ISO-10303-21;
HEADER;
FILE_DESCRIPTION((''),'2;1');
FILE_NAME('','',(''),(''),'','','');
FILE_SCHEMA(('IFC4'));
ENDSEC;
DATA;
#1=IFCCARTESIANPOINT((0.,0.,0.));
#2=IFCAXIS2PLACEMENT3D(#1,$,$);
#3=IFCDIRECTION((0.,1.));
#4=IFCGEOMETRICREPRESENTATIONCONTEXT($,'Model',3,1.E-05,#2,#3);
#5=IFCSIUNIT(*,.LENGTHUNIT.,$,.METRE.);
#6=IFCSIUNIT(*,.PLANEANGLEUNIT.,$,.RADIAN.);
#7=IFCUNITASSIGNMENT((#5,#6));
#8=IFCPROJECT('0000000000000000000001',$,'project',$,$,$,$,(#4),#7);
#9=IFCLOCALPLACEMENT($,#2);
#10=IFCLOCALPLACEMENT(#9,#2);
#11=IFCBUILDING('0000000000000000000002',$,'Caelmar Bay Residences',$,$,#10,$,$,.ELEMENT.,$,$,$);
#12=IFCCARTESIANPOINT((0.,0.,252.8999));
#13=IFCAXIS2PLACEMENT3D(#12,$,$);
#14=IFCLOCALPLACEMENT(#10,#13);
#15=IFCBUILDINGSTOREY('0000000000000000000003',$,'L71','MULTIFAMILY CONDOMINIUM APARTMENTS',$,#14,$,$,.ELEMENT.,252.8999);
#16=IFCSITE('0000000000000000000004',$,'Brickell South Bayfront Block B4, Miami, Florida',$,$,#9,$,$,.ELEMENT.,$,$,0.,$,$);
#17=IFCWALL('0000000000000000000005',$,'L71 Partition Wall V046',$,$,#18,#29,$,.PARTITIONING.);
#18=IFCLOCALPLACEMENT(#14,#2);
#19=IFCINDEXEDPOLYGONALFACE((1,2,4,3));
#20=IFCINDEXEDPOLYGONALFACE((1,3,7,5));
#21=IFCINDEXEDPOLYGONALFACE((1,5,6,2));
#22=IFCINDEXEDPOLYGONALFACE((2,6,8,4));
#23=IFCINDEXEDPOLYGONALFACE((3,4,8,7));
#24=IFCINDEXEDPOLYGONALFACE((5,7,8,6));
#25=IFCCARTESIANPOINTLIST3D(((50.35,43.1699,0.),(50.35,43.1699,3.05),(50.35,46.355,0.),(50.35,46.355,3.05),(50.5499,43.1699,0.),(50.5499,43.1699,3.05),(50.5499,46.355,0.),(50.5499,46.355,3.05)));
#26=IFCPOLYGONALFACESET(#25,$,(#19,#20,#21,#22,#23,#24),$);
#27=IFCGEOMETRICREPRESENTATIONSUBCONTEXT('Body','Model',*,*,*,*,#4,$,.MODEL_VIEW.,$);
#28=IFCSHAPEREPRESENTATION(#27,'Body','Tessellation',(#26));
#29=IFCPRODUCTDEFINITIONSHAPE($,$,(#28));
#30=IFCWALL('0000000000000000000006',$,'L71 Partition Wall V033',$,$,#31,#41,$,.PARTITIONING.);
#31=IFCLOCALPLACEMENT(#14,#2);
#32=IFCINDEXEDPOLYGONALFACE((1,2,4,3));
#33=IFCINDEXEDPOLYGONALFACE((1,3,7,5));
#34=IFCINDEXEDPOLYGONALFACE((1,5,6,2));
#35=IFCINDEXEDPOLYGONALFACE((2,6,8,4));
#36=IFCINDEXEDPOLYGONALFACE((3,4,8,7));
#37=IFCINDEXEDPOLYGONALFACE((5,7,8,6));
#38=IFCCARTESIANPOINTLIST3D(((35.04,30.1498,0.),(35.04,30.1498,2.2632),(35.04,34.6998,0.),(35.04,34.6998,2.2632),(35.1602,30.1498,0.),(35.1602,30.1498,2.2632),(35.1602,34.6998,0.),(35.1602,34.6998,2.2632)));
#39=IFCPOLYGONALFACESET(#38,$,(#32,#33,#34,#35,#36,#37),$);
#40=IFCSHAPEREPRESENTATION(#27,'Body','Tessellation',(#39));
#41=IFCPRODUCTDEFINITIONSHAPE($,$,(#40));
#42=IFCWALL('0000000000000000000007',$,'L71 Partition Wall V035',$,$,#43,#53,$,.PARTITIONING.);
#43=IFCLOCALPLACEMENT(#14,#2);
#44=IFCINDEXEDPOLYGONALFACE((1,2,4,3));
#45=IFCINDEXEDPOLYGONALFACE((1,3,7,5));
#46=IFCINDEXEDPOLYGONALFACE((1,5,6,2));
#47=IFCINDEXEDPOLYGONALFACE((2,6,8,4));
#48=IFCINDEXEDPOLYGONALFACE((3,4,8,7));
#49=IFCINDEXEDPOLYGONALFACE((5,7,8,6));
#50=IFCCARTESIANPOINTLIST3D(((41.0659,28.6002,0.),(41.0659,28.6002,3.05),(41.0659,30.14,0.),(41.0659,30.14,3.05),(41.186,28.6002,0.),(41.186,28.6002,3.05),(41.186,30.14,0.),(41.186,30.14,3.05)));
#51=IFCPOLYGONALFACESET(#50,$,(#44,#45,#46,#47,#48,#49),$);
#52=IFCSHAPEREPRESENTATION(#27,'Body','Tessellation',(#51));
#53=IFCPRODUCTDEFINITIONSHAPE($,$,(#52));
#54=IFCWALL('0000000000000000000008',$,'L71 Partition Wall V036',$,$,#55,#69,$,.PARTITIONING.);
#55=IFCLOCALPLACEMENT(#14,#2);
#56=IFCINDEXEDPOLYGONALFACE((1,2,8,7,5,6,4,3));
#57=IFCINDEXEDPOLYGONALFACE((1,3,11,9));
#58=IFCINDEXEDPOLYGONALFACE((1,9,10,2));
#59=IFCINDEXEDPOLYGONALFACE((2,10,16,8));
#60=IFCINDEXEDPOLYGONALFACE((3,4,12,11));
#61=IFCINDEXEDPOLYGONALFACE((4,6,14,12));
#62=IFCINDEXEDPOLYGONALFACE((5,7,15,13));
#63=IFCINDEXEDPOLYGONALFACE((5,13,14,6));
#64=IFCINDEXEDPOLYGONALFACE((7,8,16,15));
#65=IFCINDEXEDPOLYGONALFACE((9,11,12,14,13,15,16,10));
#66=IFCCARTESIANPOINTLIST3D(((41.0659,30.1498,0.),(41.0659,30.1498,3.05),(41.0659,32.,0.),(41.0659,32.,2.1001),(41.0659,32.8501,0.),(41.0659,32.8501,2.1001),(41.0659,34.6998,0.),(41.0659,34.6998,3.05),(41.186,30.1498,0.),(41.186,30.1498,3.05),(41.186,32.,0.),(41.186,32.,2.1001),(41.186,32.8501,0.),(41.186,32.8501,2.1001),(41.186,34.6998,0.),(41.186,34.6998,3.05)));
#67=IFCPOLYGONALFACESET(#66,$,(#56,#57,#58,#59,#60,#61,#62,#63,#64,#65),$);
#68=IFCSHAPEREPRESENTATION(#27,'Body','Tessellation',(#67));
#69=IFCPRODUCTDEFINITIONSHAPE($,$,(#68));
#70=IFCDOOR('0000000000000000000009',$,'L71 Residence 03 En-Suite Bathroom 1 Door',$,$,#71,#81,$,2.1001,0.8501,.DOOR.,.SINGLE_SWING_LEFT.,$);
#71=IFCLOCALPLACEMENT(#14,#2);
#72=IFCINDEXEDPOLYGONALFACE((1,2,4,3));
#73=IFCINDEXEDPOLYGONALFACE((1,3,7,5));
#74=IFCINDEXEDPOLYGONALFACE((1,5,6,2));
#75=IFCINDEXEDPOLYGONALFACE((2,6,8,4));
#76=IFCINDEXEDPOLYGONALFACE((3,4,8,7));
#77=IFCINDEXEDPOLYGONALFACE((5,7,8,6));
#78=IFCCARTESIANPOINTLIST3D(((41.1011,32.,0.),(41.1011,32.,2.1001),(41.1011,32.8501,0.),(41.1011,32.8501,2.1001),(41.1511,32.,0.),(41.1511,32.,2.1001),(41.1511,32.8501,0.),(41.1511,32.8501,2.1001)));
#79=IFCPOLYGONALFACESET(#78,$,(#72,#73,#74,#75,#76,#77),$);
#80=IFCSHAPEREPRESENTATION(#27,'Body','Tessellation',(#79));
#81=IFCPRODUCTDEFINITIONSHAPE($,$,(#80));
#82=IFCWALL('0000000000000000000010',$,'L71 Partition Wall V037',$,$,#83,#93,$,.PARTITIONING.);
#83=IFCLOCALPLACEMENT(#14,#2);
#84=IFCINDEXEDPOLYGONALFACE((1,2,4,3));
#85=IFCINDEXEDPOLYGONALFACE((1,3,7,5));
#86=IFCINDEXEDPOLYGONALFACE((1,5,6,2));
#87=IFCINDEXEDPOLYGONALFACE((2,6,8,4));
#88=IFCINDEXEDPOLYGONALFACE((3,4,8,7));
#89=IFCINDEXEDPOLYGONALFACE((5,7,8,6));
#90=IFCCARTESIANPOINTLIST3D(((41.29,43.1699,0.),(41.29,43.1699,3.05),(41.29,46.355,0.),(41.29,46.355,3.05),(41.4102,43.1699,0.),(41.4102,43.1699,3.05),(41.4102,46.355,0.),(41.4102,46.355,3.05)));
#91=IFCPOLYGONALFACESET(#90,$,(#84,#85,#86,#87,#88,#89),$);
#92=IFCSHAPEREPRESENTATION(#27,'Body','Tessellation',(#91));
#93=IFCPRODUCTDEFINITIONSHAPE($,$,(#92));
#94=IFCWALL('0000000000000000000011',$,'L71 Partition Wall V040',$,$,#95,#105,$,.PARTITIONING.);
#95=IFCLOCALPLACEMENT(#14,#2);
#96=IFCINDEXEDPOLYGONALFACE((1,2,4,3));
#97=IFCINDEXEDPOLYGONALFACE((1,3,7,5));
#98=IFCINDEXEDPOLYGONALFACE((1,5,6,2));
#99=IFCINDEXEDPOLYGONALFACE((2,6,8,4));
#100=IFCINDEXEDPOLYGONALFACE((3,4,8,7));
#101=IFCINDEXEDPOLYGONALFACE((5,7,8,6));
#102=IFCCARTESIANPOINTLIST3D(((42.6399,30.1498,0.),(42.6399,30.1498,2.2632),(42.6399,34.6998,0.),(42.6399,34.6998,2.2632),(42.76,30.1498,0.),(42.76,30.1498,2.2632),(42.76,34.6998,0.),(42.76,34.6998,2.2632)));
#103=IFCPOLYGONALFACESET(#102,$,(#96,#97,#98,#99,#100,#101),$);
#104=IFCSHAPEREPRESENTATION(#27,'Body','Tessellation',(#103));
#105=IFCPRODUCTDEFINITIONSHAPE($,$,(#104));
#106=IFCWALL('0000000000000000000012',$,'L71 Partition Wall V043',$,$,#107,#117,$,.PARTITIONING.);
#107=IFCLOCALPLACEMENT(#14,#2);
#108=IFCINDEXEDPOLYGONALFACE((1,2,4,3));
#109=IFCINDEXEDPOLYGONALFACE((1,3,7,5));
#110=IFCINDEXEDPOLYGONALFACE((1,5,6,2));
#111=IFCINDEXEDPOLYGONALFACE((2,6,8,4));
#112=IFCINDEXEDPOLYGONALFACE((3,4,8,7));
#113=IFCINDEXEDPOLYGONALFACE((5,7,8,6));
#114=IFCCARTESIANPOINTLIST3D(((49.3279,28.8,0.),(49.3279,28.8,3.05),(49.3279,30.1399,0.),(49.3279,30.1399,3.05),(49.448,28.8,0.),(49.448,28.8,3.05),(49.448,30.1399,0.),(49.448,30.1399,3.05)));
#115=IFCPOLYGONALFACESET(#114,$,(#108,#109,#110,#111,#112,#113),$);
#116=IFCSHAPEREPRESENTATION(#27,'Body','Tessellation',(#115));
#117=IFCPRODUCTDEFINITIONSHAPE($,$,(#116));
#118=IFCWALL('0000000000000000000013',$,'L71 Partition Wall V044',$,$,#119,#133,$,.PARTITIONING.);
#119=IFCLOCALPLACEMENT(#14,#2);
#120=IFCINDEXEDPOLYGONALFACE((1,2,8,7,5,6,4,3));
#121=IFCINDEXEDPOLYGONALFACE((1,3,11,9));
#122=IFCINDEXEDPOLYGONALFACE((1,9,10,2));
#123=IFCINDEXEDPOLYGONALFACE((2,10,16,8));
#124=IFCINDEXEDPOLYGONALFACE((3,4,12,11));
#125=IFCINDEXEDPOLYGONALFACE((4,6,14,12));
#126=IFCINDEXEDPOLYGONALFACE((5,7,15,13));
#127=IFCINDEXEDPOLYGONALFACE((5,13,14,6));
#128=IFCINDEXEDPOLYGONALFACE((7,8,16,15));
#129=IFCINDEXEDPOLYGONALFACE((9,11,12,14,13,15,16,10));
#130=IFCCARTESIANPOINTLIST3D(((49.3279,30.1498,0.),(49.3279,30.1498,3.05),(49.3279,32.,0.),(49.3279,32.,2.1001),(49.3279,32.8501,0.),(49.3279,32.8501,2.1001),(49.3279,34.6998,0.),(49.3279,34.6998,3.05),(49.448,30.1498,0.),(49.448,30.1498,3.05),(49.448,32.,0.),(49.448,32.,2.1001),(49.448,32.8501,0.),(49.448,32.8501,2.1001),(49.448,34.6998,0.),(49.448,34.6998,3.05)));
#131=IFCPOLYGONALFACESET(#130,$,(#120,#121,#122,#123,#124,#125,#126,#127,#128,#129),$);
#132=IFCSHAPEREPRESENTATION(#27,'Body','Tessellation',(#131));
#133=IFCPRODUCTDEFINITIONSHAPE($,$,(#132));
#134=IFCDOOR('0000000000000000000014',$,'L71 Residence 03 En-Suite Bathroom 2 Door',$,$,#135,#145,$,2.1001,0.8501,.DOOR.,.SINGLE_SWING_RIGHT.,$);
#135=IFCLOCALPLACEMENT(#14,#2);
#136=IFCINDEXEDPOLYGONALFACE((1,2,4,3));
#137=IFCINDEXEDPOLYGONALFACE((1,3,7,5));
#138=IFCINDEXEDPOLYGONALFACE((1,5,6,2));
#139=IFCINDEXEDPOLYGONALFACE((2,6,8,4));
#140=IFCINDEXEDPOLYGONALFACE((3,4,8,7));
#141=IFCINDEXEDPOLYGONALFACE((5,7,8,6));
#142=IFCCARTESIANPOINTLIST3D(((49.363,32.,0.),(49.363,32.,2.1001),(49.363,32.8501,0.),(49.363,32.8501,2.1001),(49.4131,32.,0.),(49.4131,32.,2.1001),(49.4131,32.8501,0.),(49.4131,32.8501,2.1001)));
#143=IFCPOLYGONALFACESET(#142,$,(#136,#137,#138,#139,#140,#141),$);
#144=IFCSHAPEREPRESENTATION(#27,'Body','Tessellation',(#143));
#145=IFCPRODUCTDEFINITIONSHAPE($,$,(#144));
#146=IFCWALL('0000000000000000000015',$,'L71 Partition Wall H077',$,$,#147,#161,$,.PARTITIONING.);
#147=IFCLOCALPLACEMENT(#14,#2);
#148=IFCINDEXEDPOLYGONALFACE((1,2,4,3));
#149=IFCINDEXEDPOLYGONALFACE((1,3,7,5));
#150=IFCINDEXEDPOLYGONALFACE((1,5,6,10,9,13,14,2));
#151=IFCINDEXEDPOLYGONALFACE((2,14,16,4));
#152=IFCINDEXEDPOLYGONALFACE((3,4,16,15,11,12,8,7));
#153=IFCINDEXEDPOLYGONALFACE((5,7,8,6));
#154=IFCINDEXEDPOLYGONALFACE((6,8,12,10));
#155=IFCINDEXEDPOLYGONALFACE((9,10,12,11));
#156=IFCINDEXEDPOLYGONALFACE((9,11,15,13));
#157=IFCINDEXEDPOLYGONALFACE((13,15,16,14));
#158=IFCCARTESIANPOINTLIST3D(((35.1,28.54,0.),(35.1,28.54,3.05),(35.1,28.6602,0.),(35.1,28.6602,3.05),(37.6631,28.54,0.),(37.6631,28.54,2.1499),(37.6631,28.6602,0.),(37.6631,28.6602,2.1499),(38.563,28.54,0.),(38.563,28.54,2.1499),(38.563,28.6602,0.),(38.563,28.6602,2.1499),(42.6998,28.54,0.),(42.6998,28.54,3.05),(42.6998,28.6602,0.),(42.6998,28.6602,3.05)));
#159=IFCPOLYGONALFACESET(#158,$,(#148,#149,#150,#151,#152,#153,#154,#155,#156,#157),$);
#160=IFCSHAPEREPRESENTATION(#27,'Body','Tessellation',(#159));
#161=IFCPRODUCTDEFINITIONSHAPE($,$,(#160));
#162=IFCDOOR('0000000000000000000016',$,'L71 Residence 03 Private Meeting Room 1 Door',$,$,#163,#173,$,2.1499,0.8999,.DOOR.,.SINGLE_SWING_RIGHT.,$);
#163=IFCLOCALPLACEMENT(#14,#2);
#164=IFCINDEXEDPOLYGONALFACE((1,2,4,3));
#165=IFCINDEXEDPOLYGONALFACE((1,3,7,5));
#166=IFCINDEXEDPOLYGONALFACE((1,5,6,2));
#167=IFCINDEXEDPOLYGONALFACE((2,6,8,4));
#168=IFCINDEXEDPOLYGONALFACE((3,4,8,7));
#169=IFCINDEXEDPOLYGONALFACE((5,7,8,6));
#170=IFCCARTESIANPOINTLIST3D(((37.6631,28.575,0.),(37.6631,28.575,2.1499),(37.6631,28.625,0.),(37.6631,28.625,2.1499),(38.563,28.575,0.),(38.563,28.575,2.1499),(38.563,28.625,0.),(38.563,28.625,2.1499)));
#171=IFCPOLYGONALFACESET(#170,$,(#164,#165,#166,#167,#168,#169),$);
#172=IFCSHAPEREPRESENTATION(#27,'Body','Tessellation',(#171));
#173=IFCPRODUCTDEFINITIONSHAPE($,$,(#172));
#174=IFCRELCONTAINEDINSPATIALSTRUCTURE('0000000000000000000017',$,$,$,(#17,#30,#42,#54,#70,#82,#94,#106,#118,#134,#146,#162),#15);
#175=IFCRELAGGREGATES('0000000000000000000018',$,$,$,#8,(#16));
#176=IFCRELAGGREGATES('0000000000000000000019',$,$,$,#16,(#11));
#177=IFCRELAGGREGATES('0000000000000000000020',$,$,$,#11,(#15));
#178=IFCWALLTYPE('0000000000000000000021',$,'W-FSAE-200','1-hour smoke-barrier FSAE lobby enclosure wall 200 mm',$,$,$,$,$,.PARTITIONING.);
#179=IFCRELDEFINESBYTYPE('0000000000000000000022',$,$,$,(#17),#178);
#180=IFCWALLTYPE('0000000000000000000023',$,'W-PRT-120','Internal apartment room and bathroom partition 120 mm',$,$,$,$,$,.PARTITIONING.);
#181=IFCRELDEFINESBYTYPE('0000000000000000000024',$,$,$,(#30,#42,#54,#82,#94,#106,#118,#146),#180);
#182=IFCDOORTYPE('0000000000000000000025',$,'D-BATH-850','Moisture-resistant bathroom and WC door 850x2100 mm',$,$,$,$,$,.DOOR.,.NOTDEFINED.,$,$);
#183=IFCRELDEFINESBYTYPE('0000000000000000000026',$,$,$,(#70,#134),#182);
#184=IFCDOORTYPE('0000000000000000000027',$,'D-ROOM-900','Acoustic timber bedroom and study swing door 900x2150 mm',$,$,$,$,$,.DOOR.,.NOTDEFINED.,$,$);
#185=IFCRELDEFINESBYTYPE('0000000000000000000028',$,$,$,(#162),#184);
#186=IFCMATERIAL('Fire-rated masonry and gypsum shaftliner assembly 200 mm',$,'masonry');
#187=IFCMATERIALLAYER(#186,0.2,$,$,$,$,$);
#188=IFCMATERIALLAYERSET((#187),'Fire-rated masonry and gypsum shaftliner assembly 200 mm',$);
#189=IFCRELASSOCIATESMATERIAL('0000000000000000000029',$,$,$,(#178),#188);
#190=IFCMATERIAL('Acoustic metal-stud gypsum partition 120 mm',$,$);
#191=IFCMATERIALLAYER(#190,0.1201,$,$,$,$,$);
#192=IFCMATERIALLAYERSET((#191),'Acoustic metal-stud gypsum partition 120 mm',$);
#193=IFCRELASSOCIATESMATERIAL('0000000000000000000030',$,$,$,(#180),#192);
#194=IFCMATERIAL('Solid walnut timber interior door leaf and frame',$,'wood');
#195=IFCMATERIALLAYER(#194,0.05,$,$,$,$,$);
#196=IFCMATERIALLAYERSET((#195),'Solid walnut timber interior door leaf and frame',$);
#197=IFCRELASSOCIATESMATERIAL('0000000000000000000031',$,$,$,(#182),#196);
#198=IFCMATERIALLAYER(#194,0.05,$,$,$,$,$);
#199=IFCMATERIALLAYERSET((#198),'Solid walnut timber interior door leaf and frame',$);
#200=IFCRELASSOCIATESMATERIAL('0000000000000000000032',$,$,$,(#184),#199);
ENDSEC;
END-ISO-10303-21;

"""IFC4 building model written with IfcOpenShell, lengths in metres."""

from ifc_helpers import new_model, si_unit, direction, frame, frame_2d, origin, place, context, subcontext, project, spatial, rectangle, extrude, material, layer, layer_set, type_object, element, fill, save


model = new_model("IFC4")

# Units and contexts
model_context = context("Model", 3, precision=1e-05, world=origin(), true_north=direction((0.0, 1.0)))
body_context = subcontext(model_context, "Body", "Model", "MODEL_VIEW")
ifc_project = project(units=[si_unit("LENGTHUNIT", "METRE"), si_unit("PLANEANGLEUNIT", "RADIAN")], contexts=[model_context])

# Site, building, storey
site_placement = place(None, origin())
site = spatial("IfcSite", under=ifc_project, at=site_placement, Name="Brickell South Bayfront Block B4, Miami, Florida", CompositionType="ELEMENT", RefElevation=0.0)
building_placement = place(site_placement, origin())
building = spatial("IfcBuilding", under=site, at=building_placement, Name="Caelmar Bay Residences", CompositionType="ELEMENT")
storey_placement = place(building_placement, frame((0.0, 0.0, 252.8999)))
storey = spatial("IfcBuildingStorey", under=building, at=storey_placement, Name="L71", Description="MULTIFAMILY CONDOMINIUM APARTMENTS", CompositionType="ELEMENT", Elevation=252.8999)

# Walls
ifc_material_1 = material(Name="Fire-rated masonry and gypsum shaftliner assembly 200 mm", Category="masonry")
ifc_layer_1 = layer(ifc_material_1, 0.2)
ifc_layer_set_1 = layer_set([ifc_layer_1], Name="Fire-rated masonry and gypsum shaftliner assembly 200 mm")
wall_type_1 = type_object("IfcWallType", Name="W-FSAE-200", Description="1-hour smoke-barrier FSAE lobby enclosure wall 200 mm", PredefinedType="PARTITIONING", material=ifc_layer_set_1)
wall_1_placement = place(storey_placement, frame((50.45, 43.1699, 0.0), z_axis=(0.0, 0.0, 1.0), x_axis=(0.0, 1.0, 0.0)))
element("IfcWall", 1, at=wall_1_placement, inside=storey, type_object=wall_type_1, Name="L71 Partition Wall V046", PredefinedType="PARTITIONING", context=body_context, shape_type="SweptSolid", body=[
    extrude(rectangle(XDim=3.1851, YDim=0.2, at=frame_2d((1.5925, 0.0))), origin(), (0.0, 0.0, 1.0), 3.05),
])
ifc_material_2 = material(Name="Acoustic metal-stud gypsum partition 120 mm")
ifc_layer_2 = layer(ifc_material_2, 0.1201)
ifc_layer_set_2 = layer_set([ifc_layer_2], Name="Acoustic metal-stud gypsum partition 120 mm")
wall_type_2 = type_object("IfcWallType", Name="W-PRT-120", Description="Internal apartment room and bathroom partition 120 mm", PredefinedType="PARTITIONING", material=ifc_layer_set_2)
wall_2_placement = place(storey_placement, frame((35.1001, 30.1499, 0.0), z_axis=(0.0, 0.0, 1.0), x_axis=(0.0, 1.0, 0.0)))
element("IfcWall", 2, at=wall_2_placement, inside=storey, type_object=wall_type_2, Name="L71 Partition Wall V033", PredefinedType="PARTITIONING", context=body_context, shape_type="SweptSolid", body=[
    extrude(rectangle(XDim=4.55, YDim=0.1201, at=frame_2d((2.2749, 0.0))), origin(), (0.0, 0.0, 1.0), 2.2632),
])
wall_3_placement = place(storey_placement, frame((41.126, 28.6001, 0.0), z_axis=(0.0, 0.0, 1.0), x_axis=(0.0, 1.0, 0.0)))
element("IfcWall", 3, at=wall_3_placement, inside=storey, type_object=wall_type_2, Name="L71 Partition Wall V035", PredefinedType="PARTITIONING", context=body_context, shape_type="SweptSolid", body=[
    extrude(rectangle(XDim=1.5398, YDim=0.1201, at=frame_2d((0.77, 0.0))), origin(), (0.0, 0.0, 1.0), 3.05),
])

# Wall, opening, door
wall_4_placement = place(storey_placement, frame((41.126, 30.1499, 0.0), z_axis=(0.0, 0.0, 1.0), x_axis=(0.0, 1.0, 0.0)))
wall_4 = element("IfcWall", 4, at=wall_4_placement, inside=storey, type_object=wall_type_2, Name="L71 Partition Wall V036", PredefinedType="PARTITIONING", context=body_context, shape_type="SweptSolid", body=[
    extrude(rectangle(XDim=4.55, YDim=0.1201, at=frame_2d((2.2749, 0.0))), origin(), (0.0, 0.0, 1.0), 3.05),
])
opening_1_placement = place(wall_4_placement, frame((1.8501, 0.0, 0.0)))
opening_1 = element("IfcOpeningElement", 5, at=opening_1_placement, cuts=wall_4, PredefinedType="OPENING", context=body_context, shape_type="SweptSolid", body=[
    extrude(rectangle(XDim=0.8501, YDim=2.1001, at=frame_2d((0.425, 1.05))), frame((0.0, 0.0701, 0.0), z_axis=(0.0, -1.0, 0.0), x_axis=(1.0, 0.0, 0.0)), (0.0, 0.0, 1.0), 0.1401),
])
ifc_material_3 = material(Name="Solid walnut timber interior door leaf and frame", Category="wood")
ifc_layer_3 = layer(ifc_material_3, 0.05)
ifc_layer_set_3 = layer_set([ifc_layer_3], Name="Solid walnut timber interior door leaf and frame")
door_type_1 = type_object("IfcDoorType", Name="D-BATH-850", Description="Moisture-resistant bathroom and WC door 850x2100 mm", OperationType="NOTDEFINED", PredefinedType="DOOR", material=ifc_layer_set_3)
door_1_placement = place(opening_1_placement, origin())
door_1 = element("IfcDoor", 6, at=door_1_placement, inside=storey, type_object=door_type_1, Name="L71 Residence 03 En-Suite Bathroom 1 Door", OperationType="SINGLE_SWING_LEFT", OverallHeight=2.1001, OverallWidth=0.8501, PredefinedType="DOOR", context=body_context, shape_type="SweptSolid", body=[
    extrude(rectangle(XDim=0.8501, YDim=2.1001, at=frame_2d((0.425, 1.05))), frame((0.0, 0.0249, 0.0), z_axis=(0.0, -1.0, 0.0), x_axis=(1.0, 0.0, 0.0)), (0.0, 0.0, 1.0), 0.05),
])
fill(opening_1, door_1)

# Walls
wall_5_placement = place(storey_placement, frame((41.3501, 43.1699, 0.0), z_axis=(0.0, 0.0, 1.0), x_axis=(0.0, 1.0, 0.0)))
element("IfcWall", 7, at=wall_5_placement, inside=storey, type_object=wall_type_2, Name="L71 Partition Wall V037", PredefinedType="PARTITIONING", context=body_context, shape_type="SweptSolid", body=[
    extrude(rectangle(XDim=3.1851, YDim=0.1201, at=frame_2d((1.5925, 0.0))), origin(), (0.0, 0.0, 1.0), 3.05),
])
wall_6_placement = place(storey_placement, frame((42.7, 30.1499, 0.0), z_axis=(0.0, 0.0, 1.0), x_axis=(0.0, 1.0, 0.0)))
element("IfcWall", 8, at=wall_6_placement, inside=storey, type_object=wall_type_2, Name="L71 Partition Wall V040", PredefinedType="PARTITIONING", context=body_context, shape_type="SweptSolid", body=[
    extrude(rectangle(XDim=4.55, YDim=0.1201, at=frame_2d((2.2749, 0.0))), origin(), (0.0, 0.0, 1.0), 2.2632),
])
wall_7_placement = place(storey_placement, frame((49.3879, 28.8, 0.0), z_axis=(0.0, 0.0, 1.0), x_axis=(0.0, 1.0, 0.0)))
element("IfcWall", 9, at=wall_7_placement, inside=storey, type_object=wall_type_2, Name="L71 Partition Wall V043", PredefinedType="PARTITIONING", context=body_context, shape_type="SweptSolid", body=[
    extrude(rectangle(XDim=1.3398, YDim=0.1201, at=frame_2d((0.6699, 0.0))), origin(), (0.0, 0.0, 1.0), 3.05),
])

# Walls, openings, doors
wall_8_placement = place(storey_placement, frame((49.3879, 30.1499, 0.0), z_axis=(0.0, 0.0, 1.0), x_axis=(0.0, 1.0, 0.0)))
wall_8 = element("IfcWall", 10, at=wall_8_placement, inside=storey, type_object=wall_type_2, Name="L71 Partition Wall V044", PredefinedType="PARTITIONING", context=body_context, shape_type="SweptSolid", body=[
    extrude(rectangle(XDim=4.55, YDim=0.1201, at=frame_2d((2.2749, 0.0))), origin(), (0.0, 0.0, 1.0), 3.05),
])
opening_2_placement = place(wall_8_placement, frame((1.8501, 0.0, 0.0)))
opening_2 = element("IfcOpeningElement", 11, at=opening_2_placement, cuts=wall_8, PredefinedType="OPENING", context=body_context, shape_type="SweptSolid", body=[
    extrude(rectangle(XDim=0.8501, YDim=2.1001, at=frame_2d((0.425, 1.05))), frame((0.0, 0.0701, 0.0), z_axis=(0.0, -1.0, 0.0), x_axis=(1.0, 0.0, 0.0)), (0.0, 0.0, 1.0), 0.1401),
])
door_2_placement = place(opening_2_placement, origin())
door_2 = element("IfcDoor", 12, at=door_2_placement, inside=storey, type_object=door_type_1, Name="L71 Residence 03 En-Suite Bathroom 2 Door", OperationType="SINGLE_SWING_RIGHT", OverallHeight=2.1001, OverallWidth=0.8501, PredefinedType="DOOR", context=body_context, shape_type="SweptSolid", body=[
    extrude(rectangle(XDim=0.8501, YDim=2.1001, at=frame_2d((0.425, 1.05))), frame((0.0, 0.0249, 0.0), z_axis=(0.0, -1.0, 0.0), x_axis=(1.0, 0.0, 0.0)), (0.0, 0.0, 1.0), 0.05),
])
fill(opening_2, door_2)
wall_9_placement = place(storey_placement, frame((35.1001, 28.6001, 0.0), z_axis=(0.0, 0.0, 1.0), x_axis=(1.0, 0.0, 0.0)))
wall_9 = element("IfcWall", 13, at=wall_9_placement, inside=storey, type_object=wall_type_2, Name="L71 Partition Wall H077", PredefinedType="PARTITIONING", context=body_context, shape_type="SweptSolid", body=[
    extrude(rectangle(XDim=7.5999, YDim=0.1201, at=frame_2d((3.7998, 0.0))), origin(), (0.0, 0.0, 1.0), 3.05),
])
opening_3_placement = place(wall_9_placement, frame((2.563, 0.0, 0.0)))
opening_3 = element("IfcOpeningElement", 14, at=opening_3_placement, cuts=wall_9, PredefinedType="OPENING", context=body_context, shape_type="SweptSolid", body=[
    extrude(rectangle(XDim=0.8999, YDim=2.1499, at=frame_2d((0.45, 1.075))), frame((0.0, 0.0701, 0.0), z_axis=(0.0, -1.0, 0.0), x_axis=(1.0, 0.0, 0.0)), (0.0, 0.0, 1.0), 0.1401),
])
ifc_layer_4 = layer(ifc_material_3, 0.05)
ifc_layer_set_4 = layer_set([ifc_layer_4], Name="Solid walnut timber interior door leaf and frame")
door_type_2 = type_object("IfcDoorType", Name="D-ROOM-900", Description="Acoustic timber bedroom and study swing door 900x2150 mm", OperationType="NOTDEFINED", PredefinedType="DOOR", material=ifc_layer_set_4)
door_3_placement = place(opening_3_placement, origin())
door_3 = element("IfcDoor", 15, at=door_3_placement, inside=storey, type_object=door_type_2, Name="L71 Residence 03 Private Meeting Room 1 Door", OperationType="SINGLE_SWING_RIGHT", OverallHeight=2.1499, OverallWidth=0.8999, PredefinedType="DOOR", context=body_context, shape_type="SweptSolid", body=[
    extrude(rectangle(XDim=0.8999, YDim=2.1499, at=frame_2d((0.45, 1.075))), frame((0.0, 0.0249, 0.0), z_axis=(0.0, -1.0, 0.0), x_axis=(1.0, 0.0, 0.0)), (0.0, 0.0, 1.0), 0.05),
])
fill(opening_3, door_3)

save(model, "model.ifc")
